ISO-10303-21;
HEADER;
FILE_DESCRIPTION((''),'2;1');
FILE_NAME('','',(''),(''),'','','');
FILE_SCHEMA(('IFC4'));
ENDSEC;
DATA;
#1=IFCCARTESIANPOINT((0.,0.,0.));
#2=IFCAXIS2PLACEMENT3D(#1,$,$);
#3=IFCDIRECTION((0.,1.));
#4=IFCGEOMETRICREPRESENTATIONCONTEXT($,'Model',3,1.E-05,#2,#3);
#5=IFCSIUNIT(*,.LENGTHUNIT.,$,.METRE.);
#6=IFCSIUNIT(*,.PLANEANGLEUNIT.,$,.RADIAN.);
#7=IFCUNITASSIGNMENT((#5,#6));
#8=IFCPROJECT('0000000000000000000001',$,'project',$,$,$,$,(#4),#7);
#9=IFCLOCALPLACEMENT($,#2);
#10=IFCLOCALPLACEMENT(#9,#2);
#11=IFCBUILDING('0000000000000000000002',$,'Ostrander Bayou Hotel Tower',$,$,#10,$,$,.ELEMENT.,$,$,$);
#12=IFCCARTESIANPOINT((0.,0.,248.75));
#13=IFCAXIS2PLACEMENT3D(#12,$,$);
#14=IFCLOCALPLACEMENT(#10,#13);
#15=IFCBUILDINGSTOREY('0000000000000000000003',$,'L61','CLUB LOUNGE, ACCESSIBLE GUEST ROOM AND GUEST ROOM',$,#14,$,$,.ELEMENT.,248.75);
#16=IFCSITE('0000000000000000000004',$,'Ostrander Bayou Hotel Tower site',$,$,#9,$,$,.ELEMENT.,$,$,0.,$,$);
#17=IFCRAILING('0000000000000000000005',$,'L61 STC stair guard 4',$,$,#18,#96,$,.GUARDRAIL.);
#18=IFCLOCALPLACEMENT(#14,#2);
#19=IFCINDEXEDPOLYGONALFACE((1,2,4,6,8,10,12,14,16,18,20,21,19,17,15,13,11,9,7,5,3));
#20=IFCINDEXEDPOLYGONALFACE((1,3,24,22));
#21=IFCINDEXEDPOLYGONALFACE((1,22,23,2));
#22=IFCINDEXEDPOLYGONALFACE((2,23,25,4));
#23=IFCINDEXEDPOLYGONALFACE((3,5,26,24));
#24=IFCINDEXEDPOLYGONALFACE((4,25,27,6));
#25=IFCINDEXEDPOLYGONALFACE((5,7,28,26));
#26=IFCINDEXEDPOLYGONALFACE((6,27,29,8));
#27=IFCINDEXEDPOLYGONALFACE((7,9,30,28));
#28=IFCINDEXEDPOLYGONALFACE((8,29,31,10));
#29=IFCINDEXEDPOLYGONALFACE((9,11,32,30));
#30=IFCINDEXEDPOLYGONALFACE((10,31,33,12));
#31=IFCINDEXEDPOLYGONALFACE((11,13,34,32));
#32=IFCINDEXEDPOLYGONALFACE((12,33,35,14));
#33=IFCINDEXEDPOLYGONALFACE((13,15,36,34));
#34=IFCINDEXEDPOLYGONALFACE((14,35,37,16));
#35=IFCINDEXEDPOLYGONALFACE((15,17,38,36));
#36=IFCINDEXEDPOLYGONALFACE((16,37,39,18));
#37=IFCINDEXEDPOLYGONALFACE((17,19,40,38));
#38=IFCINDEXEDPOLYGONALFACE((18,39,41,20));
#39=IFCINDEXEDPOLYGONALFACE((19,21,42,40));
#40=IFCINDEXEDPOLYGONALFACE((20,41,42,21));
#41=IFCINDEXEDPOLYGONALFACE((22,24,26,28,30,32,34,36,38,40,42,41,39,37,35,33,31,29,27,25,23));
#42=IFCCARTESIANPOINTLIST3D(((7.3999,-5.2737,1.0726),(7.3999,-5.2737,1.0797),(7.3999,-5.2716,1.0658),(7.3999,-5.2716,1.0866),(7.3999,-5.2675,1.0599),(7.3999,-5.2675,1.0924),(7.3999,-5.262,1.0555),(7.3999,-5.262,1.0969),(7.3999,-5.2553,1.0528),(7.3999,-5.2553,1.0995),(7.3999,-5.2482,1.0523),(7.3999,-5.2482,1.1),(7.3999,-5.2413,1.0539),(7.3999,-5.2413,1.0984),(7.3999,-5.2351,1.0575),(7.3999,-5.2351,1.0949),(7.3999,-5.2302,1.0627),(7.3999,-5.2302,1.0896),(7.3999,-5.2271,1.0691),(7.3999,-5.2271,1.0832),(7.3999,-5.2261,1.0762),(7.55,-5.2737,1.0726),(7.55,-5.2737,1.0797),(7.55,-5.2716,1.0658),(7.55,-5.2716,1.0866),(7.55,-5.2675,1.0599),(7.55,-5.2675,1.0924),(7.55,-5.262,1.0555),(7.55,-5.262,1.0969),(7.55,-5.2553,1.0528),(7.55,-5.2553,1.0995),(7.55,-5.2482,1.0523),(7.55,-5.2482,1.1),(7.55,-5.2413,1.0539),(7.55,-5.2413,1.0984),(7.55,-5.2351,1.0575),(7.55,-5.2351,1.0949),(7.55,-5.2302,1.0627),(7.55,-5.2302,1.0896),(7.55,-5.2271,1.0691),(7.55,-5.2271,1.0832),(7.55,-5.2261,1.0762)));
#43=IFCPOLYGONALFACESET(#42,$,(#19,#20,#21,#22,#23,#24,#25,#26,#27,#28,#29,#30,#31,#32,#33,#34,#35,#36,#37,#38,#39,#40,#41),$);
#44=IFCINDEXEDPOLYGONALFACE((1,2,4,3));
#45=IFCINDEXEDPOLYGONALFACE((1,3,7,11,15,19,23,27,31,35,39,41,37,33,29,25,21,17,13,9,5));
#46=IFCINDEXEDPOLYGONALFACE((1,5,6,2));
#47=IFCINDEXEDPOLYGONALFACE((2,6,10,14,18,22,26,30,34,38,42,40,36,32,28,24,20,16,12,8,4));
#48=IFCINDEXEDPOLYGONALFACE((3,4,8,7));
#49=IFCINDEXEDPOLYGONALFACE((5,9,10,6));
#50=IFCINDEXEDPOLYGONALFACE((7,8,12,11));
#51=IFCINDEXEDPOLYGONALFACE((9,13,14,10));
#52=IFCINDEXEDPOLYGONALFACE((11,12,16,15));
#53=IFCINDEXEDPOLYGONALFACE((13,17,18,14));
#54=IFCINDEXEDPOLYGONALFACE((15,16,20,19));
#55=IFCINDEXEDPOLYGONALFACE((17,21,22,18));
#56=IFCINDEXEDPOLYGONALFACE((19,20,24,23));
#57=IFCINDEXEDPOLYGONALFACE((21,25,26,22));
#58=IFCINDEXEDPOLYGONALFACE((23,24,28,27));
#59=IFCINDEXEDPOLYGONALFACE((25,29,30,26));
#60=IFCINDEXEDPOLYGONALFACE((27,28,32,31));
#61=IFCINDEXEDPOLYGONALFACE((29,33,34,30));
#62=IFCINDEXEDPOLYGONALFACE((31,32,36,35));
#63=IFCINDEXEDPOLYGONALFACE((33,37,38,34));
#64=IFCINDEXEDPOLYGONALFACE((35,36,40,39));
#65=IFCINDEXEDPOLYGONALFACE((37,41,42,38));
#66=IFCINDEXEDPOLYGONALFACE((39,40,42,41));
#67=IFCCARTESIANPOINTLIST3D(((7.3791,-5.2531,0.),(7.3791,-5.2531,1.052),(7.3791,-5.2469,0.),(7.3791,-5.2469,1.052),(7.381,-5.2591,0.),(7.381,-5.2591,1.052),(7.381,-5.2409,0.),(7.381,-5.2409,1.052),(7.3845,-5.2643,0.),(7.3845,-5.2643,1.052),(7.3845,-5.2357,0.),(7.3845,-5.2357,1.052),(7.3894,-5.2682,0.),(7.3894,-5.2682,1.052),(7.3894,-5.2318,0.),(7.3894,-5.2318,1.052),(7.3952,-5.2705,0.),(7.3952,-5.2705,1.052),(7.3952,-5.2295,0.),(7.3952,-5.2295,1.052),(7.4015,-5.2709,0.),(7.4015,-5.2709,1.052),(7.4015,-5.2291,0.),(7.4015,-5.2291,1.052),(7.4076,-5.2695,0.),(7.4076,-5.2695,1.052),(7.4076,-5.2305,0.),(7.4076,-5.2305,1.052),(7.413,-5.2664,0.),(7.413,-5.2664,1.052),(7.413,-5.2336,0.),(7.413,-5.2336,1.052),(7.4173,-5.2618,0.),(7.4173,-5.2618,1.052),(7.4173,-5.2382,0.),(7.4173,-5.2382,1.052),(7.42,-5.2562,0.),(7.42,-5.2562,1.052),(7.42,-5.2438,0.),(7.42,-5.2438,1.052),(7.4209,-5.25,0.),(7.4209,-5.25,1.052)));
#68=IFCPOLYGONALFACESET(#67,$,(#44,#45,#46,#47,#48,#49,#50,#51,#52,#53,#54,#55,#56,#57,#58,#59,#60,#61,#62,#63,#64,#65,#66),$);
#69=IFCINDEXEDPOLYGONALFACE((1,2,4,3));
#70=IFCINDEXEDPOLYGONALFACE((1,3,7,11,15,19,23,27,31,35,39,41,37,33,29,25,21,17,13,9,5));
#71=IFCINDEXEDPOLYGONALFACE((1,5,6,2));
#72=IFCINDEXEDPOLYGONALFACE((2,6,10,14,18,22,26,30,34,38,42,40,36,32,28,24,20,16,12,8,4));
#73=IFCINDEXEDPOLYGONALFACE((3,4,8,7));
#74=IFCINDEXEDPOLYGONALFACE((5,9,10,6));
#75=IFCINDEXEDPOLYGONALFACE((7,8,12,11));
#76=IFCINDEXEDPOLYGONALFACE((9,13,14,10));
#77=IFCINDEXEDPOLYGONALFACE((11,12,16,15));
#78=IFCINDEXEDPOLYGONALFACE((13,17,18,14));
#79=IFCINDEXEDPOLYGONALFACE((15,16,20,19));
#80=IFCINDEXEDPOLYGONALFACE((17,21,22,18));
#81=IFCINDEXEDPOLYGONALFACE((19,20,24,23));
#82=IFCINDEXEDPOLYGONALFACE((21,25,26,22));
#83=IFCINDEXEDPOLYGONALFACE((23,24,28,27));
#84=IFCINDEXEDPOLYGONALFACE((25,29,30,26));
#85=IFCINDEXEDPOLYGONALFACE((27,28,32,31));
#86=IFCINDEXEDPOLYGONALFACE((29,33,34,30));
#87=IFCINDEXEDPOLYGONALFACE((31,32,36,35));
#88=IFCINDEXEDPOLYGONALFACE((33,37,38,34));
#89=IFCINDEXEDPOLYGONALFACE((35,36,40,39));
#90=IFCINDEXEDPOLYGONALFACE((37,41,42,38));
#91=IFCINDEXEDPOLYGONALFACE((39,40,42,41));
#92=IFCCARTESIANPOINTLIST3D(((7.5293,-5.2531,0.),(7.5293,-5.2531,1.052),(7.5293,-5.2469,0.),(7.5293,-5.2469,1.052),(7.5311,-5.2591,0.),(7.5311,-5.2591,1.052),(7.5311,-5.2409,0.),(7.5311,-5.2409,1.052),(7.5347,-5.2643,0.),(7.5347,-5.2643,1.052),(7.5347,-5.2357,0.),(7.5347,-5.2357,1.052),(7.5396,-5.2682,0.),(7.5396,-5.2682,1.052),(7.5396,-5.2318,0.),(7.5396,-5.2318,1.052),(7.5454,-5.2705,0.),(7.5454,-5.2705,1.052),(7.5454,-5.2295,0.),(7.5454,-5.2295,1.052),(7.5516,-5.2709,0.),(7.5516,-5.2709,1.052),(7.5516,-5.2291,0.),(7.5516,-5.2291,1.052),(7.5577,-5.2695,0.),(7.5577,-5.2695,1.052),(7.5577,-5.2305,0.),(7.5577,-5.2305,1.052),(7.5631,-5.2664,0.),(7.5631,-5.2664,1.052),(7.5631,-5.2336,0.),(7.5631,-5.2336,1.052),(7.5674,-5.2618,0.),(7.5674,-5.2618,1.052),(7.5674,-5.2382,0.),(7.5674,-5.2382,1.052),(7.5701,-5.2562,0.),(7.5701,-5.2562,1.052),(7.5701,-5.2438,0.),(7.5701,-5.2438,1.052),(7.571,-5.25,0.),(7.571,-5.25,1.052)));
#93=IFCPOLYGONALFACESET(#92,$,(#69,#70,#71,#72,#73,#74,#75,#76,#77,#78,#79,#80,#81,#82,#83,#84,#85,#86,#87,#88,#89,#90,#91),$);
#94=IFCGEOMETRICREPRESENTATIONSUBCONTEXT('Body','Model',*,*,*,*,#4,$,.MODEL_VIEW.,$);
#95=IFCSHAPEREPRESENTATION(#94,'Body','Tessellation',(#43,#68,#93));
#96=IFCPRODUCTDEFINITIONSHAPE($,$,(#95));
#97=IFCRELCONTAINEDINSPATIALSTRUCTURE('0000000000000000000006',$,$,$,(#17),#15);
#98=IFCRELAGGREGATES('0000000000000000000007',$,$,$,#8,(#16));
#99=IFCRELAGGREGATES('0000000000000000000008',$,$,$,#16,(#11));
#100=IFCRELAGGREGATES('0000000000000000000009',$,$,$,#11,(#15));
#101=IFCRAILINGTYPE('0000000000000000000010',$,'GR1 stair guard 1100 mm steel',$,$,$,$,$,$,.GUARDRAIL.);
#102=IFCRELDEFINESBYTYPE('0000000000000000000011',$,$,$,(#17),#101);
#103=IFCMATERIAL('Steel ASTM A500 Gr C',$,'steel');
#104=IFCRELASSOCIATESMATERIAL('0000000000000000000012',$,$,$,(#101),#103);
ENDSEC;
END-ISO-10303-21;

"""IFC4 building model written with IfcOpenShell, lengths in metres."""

from ifc_helpers import new_model, si_unit, direction, frame, origin, origin_2d, place, context, subcontext, project, spatial, circle, extrude, material, type_object, element, save


model = new_model("IFC4")

# Units and contexts
model_context = context("Model", 3, precision=1e-05, world=origin(), true_north=direction((0.0, 1.0)))
body_context = subcontext(model_context, "Body", "Model", "MODEL_VIEW")
ifc_project = project(units=[si_unit("LENGTHUNIT", "METRE"), si_unit("PLANEANGLEUNIT", "RADIAN")], contexts=[model_context])

# Site, building, storey
site_placement = place(None, origin())
site = spatial("IfcSite", under=ifc_project, at=site_placement, Name="Ostrander Bayou Hotel Tower site", CompositionType="ELEMENT", RefElevation=0.0)
building_placement = place(site_placement, origin())
building = spatial("IfcBuilding", under=site, at=building_placement, Name="Ostrander Bayou Hotel Tower", CompositionType="ELEMENT")
storey_placement = place(building_placement, frame((0.0, 0.0, 248.75)))
storey = spatial("IfcBuildingStorey", under=building, at=storey_placement, Name="L61", Description="CLUB LOUNGE, ACCESSIBLE GUEST ROOM AND GUEST ROOM", CompositionType="ELEMENT", Elevation=248.75)

# Railing
ifc_material_1 = material(Name="Steel ASTM A500 Gr C", Category="steel")
railing_type_1 = type_object("IfcRailingType", Name="GR1 stair guard 1100 mm steel", PredefinedType="GUARDRAIL", material=ifc_material_1)
railing_1_placement = place(storey_placement, frame((7.3999, -5.25, 0.0)))
element("IfcRailing", 1, at=railing_1_placement, inside=storey, type_object=railing_type_1, Name="L61 STC stair guard 4", PredefinedType="GUARDRAIL", context=body_context, shape_type="SweptSolid", body=[
    extrude(circle(Radius=0.0239, at=origin_2d()), frame((0.0, 0.0, 1.0762), z_axis=(1.0, 0.0, 0.0), x_axis=(0.0, 1.0, 0.0)), (0.0, 0.0, 1.0), 0.1501),
    extrude(circle(Radius=0.021, at=origin_2d()), origin(), (0.0, 0.0, 1.0), 1.052),
    extrude(circle(Radius=0.021, at=origin_2d()), frame((0.1501, 0.0, 0.0)), (0.0, 0.0, 1.0), 1.052),
])

save(model, "model.ifc")
